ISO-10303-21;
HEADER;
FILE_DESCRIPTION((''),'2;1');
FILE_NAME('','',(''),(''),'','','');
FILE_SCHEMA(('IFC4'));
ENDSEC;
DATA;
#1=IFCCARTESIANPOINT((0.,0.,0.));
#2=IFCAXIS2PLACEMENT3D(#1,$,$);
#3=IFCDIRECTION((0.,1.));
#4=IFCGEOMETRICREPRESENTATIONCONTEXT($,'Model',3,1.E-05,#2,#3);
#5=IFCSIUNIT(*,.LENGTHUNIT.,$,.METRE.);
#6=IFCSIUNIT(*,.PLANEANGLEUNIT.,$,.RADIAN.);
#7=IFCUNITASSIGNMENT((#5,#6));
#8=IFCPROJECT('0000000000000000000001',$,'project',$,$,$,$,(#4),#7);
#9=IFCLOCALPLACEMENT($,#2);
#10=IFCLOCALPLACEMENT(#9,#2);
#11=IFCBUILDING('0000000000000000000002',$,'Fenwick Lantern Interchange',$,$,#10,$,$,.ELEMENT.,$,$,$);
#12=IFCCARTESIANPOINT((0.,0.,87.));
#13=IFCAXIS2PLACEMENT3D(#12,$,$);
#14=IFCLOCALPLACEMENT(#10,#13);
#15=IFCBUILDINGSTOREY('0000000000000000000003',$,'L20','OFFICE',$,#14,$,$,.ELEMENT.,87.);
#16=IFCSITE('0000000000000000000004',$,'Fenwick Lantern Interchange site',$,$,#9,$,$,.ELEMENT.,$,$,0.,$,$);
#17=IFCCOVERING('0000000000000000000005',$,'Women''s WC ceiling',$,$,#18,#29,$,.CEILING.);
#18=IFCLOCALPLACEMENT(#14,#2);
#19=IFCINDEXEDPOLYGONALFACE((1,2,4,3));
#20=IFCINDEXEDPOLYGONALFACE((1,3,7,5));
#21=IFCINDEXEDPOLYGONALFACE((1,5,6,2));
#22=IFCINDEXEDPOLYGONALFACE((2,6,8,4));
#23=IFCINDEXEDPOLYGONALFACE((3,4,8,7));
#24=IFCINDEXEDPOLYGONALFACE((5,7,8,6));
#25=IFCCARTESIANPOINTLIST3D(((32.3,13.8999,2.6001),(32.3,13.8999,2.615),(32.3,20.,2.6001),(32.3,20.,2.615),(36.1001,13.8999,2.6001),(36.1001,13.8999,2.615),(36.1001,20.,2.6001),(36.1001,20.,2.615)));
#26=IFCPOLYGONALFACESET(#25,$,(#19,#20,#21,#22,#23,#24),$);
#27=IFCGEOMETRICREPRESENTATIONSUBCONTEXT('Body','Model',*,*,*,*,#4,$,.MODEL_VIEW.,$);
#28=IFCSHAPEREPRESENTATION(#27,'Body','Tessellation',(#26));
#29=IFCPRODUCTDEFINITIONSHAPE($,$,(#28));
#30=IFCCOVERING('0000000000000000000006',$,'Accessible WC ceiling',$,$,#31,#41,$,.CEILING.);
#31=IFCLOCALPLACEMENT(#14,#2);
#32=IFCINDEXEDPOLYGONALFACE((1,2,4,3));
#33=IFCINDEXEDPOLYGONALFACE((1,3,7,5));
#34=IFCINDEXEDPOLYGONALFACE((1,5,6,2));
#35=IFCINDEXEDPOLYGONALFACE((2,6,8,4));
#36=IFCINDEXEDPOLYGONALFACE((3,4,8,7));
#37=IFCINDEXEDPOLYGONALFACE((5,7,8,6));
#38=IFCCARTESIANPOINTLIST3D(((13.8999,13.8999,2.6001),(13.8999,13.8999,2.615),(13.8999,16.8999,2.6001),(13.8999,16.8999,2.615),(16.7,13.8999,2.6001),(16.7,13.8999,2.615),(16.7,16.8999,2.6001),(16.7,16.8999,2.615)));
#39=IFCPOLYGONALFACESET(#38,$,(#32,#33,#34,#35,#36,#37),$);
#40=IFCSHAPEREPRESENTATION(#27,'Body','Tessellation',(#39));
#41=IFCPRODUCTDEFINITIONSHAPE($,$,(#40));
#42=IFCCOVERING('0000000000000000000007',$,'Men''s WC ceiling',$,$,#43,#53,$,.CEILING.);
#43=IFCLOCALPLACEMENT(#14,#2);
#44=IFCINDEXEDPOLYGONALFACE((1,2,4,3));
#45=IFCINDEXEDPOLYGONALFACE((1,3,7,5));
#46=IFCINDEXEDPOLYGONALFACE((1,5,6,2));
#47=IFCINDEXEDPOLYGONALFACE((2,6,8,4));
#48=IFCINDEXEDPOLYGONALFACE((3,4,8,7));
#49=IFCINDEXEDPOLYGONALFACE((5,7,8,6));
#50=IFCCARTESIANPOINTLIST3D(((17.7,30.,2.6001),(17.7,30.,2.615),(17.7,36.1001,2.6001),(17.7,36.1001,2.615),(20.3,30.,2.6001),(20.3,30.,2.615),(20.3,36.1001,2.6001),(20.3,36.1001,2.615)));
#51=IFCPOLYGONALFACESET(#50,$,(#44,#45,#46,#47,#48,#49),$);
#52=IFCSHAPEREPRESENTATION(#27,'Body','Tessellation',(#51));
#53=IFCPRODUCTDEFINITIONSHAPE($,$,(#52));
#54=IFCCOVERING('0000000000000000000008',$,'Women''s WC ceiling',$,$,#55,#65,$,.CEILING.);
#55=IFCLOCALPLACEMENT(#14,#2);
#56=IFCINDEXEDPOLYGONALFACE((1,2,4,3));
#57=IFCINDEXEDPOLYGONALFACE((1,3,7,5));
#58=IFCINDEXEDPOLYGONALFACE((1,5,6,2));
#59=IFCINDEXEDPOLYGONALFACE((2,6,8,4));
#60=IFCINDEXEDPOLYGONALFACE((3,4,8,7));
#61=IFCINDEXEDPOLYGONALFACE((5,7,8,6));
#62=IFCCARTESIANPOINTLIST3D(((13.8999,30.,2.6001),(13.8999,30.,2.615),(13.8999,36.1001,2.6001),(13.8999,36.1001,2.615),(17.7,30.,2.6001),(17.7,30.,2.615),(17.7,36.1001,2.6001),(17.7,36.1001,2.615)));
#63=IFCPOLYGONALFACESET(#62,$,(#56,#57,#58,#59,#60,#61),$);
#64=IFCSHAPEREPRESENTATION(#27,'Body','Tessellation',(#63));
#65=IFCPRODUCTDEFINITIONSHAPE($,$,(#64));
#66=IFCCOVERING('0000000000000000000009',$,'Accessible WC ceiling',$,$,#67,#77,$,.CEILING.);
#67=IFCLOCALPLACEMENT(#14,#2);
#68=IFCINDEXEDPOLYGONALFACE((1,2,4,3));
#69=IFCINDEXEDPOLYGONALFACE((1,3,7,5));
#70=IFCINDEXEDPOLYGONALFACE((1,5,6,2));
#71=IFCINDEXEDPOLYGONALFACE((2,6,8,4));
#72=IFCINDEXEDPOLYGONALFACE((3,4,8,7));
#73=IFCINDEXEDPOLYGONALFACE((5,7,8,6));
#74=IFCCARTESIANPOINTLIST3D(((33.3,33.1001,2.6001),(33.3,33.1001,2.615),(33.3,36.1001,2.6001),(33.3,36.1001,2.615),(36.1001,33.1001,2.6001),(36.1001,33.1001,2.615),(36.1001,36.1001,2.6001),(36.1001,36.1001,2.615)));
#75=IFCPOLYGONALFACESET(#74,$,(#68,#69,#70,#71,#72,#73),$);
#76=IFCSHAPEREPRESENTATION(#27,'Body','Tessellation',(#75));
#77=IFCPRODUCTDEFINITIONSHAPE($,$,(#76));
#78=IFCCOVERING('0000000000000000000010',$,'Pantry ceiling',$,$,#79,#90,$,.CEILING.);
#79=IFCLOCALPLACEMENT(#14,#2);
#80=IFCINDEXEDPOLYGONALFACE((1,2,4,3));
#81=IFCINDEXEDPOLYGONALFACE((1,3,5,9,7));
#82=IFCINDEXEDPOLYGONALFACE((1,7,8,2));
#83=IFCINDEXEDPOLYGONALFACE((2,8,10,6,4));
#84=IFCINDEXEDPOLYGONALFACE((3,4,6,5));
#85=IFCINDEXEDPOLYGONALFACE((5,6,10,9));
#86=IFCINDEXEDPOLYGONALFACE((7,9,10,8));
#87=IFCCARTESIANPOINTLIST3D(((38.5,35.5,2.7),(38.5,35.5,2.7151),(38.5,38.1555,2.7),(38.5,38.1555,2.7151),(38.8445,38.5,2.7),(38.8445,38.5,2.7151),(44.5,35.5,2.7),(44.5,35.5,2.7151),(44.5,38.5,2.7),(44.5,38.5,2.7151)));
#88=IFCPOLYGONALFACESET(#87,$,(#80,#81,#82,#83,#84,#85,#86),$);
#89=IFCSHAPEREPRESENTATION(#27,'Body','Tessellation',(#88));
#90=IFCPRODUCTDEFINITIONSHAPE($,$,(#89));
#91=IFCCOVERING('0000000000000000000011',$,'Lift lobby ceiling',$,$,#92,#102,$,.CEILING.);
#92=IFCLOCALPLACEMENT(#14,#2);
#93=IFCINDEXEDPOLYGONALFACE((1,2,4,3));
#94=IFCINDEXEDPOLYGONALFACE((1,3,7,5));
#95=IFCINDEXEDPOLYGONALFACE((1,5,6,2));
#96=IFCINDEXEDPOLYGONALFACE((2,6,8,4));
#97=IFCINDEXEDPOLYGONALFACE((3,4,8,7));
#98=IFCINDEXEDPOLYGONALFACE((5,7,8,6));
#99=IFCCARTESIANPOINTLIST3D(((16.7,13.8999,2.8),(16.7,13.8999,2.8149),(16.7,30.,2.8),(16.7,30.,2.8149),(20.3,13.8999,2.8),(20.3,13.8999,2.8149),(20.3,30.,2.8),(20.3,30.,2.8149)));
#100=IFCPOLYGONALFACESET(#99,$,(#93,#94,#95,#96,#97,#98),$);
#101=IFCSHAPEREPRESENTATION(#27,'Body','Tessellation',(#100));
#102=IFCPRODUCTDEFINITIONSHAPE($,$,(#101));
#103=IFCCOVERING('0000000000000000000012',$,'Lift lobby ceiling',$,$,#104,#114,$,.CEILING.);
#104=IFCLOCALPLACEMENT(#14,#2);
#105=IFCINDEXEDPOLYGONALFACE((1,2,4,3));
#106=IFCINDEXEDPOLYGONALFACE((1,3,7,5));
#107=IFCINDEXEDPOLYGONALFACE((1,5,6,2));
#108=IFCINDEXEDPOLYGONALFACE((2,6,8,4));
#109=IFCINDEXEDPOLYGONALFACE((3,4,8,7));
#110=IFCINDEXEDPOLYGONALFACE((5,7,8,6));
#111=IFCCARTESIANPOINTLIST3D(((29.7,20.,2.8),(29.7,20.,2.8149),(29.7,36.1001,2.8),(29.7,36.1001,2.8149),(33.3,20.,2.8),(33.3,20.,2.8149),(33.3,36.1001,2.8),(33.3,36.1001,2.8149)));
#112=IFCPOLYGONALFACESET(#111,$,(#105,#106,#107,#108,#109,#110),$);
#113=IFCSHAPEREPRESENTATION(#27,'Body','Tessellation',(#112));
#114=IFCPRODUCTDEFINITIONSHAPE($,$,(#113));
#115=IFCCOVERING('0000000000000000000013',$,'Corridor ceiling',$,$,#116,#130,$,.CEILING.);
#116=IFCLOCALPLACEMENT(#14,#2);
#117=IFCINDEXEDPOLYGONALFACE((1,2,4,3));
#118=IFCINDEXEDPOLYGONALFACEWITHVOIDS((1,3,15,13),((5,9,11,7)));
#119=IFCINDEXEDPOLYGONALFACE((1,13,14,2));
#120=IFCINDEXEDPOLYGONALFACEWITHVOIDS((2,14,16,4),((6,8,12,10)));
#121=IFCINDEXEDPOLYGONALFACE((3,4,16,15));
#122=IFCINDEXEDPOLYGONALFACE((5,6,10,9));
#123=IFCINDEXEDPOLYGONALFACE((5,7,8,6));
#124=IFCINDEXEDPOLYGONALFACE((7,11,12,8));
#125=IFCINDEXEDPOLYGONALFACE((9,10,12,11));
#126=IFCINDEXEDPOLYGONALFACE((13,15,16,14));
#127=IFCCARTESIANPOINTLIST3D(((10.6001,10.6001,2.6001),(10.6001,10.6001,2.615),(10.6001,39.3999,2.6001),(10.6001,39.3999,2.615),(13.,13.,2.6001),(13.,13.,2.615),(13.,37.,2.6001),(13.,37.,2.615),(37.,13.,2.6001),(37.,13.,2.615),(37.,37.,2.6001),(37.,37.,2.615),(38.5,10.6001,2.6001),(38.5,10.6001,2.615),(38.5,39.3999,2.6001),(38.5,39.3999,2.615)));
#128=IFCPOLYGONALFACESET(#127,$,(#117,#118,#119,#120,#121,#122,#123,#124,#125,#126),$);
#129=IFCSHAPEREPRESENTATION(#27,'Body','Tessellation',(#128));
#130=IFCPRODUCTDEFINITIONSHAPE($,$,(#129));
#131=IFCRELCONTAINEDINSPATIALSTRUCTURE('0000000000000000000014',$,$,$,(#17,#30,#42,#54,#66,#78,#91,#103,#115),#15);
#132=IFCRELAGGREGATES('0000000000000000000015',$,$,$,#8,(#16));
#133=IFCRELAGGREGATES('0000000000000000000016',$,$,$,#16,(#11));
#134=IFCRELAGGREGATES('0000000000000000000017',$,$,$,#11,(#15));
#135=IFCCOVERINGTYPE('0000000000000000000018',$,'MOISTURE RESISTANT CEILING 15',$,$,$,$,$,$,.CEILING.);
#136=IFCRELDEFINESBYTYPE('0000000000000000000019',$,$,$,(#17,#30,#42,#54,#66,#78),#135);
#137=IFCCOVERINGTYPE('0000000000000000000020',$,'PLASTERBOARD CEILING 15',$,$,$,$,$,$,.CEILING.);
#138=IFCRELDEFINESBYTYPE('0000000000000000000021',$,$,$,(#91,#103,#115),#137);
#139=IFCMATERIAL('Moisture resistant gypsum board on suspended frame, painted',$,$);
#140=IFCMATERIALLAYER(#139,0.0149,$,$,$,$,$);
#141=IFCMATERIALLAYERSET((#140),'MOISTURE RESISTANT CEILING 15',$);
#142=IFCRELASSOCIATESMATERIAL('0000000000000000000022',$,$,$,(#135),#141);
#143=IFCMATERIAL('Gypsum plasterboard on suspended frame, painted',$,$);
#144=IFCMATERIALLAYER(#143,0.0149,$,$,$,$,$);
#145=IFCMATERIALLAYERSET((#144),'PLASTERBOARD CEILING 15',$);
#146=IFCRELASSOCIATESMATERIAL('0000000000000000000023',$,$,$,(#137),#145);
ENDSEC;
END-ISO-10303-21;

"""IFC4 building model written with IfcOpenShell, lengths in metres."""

from ifc_helpers import new_model, si_unit, direction, frame, origin, place, context, subcontext, project, spatial, polyline, outline, extrude, material, layer, layer_set, type_object, element, save


model = new_model("IFC4")

# Units and contexts
model_context = context("Model", 3, precision=1e-05, world=origin(), true_north=direction((0.0, 1.0)))
body_context = subcontext(model_context, "Body", "Model", "MODEL_VIEW")
ifc_project = project(units=[si_unit("LENGTHUNIT", "METRE"), si_unit("PLANEANGLEUNIT", "RADIAN")], contexts=[model_context])

# Site, building, storey
site_placement = place(None, origin())
site = spatial("IfcSite", under=ifc_project, at=site_placement, Name="Fenwick Lantern Interchange site", CompositionType="ELEMENT", RefElevation=0.0)
building_placement = place(site_placement, origin())
building = spatial("IfcBuilding", under=site, at=building_placement, Name="Fenwick Lantern Interchange", CompositionType="ELEMENT")
storey_placement = place(building_placement, frame((0.0, 0.0, 87.0)))
storey = spatial("IfcBuildingStorey", under=building, at=storey_placement, Name="L20", Description="OFFICE", CompositionType="ELEMENT", Elevation=87.0)

# Coverings
ifc_material_1 = material(Name="Moisture resistant gypsum board on suspended frame, painted")
ifc_layer_1 = layer(ifc_material_1, 0.0149)
ifc_layer_set_1 = layer_set([ifc_layer_1], Name="MOISTURE RESISTANT CEILING 15")
covering_type_1 = type_object("IfcCoveringType", Name="MOISTURE RESISTANT CEILING 15", PredefinedType="CEILING", material=ifc_layer_set_1)
covering_1_placement = place(storey_placement, frame((0.0, 0.0, 2.6001)))
element("IfcCovering", 1, at=covering_1_placement, inside=storey, type_object=covering_type_1, Name="Women's WC ceiling", PredefinedType="CEILING", context=body_context, shape_type="SweptSolid", body=[
    extrude(outline(polyline([(32.3, 13.8999), (36.1001, 13.8999), (36.1001, 20.0), (32.3, 20.0), (32.3, 13.8999)])), origin(), (0.0, 0.0, 1.0), 0.0149),
])
covering_2_placement = place(storey_placement, frame((0.0, 0.0, 2.6001)))
element("IfcCovering", 2, at=covering_2_placement, inside=storey, type_object=covering_type_1, Name="Accessible WC ceiling", PredefinedType="CEILING", context=body_context, shape_type="SweptSolid", body=[
    extrude(outline(polyline([(13.8999, 13.8999), (16.7, 13.8999), (16.7, 16.8999), (13.8999, 16.8999), (13.8999, 13.8999)])), origin(), (0.0, 0.0, 1.0), 0.0149),
])
covering_3_placement = place(storey_placement, frame((0.0, 0.0, 2.6001)))
element("IfcCovering", 3, at=covering_3_placement, inside=storey, type_object=covering_type_1, Name="Men's WC ceiling", PredefinedType="CEILING", context=body_context, shape_type="SweptSolid", body=[
    extrude(outline(polyline([(20.3, 36.1001), (17.7, 36.1001), (17.7, 30.0), (20.3, 30.0), (20.3, 36.1001)])), origin(), (0.0, 0.0, 1.0), 0.0149),
])
covering_4_placement = place(storey_placement, frame((0.0, 0.0, 2.6001)))
element("IfcCovering", 4, at=covering_4_placement, inside=storey, type_object=covering_type_1, Name="Women's WC ceiling", PredefinedType="CEILING", context=body_context, shape_type="SweptSolid", body=[
    extrude(outline(polyline([(17.7, 36.1001), (13.8999, 36.1001), (13.8999, 30.0), (17.7, 30.0), (17.7, 36.1001)])), origin(), (0.0, 0.0, 1.0), 0.0149),
])
covering_5_placement = place(storey_placement, frame((0.0, 0.0, 2.6001)))
element("IfcCovering", 5, at=covering_5_placement, inside=storey, type_object=covering_type_1, Name="Accessible WC ceiling", PredefinedType="CEILING", context=body_context, shape_type="SweptSolid", body=[
    extrude(outline(polyline([(36.1001, 36.1001), (33.3, 36.1001), (33.3, 33.1001), (36.1001, 33.1001), (36.1001, 36.1001)])), origin(), (0.0, 0.0, 1.0), 0.0149),
])
covering_6_placement = place(storey_placement, frame((0.0, 0.0, 2.7)))
element("IfcCovering", 6, at=covering_6_placement, inside=storey, type_object=covering_type_1, Name="Pantry ceiling", PredefinedType="CEILING", context=body_context, shape_type="SweptSolid", body=[
    extrude(outline(polyline([(44.5, 38.5), (38.8445, 38.5), (38.5, 38.1555), (38.5, 35.5), (44.5, 35.5), (44.5, 38.5)])), origin(), (0.0, 0.0, 1.0), 0.0151),
])
ifc_material_2 = material(Name="Gypsum plasterboard on suspended frame, painted")
ifc_layer_2 = layer(ifc_material_2, 0.0149)
ifc_layer_set_2 = layer_set([ifc_layer_2], Name="PLASTERBOARD CEILING 15")
covering_type_2 = type_object("IfcCoveringType", Name="PLASTERBOARD CEILING 15", PredefinedType="CEILING", material=ifc_layer_set_2)
covering_7_placement = place(storey_placement, frame((0.0, 0.0, 2.8)))
element("IfcCovering", 7, at=covering_7_placement, inside=storey, type_object=covering_type_2, Name="Lift lobby ceiling", PredefinedType="CEILING", context=body_context, shape_type="SweptSolid", body=[
    extrude(outline(polyline([(16.7, 13.8999), (20.3, 13.8999), (20.3, 30.0), (16.7, 30.0), (16.7, 13.8999)])), origin(), (0.0, 0.0, 1.0), 0.0149),
])
covering_8_placement = place(storey_placement, frame((0.0, 0.0, 2.8)))
element("IfcCovering", 8, at=covering_8_placement, inside=storey, type_object=covering_type_2, Name="Lift lobby ceiling", PredefinedType="CEILING", context=body_context, shape_type="SweptSolid", body=[
    extrude(outline(polyline([(33.3, 36.1001), (29.7, 36.1001), (29.7, 20.0), (33.3, 20.0), (33.3, 36.1001)])), origin(), (0.0, 0.0, 1.0), 0.0149),
])
covering_9_placement = place(storey_placement, frame((0.0, 0.0, 2.6001)))
element("IfcCovering", 9, at=covering_9_placement, inside=storey, type_object=covering_type_2, Name="Corridor ceiling", PredefinedType="CEILING", context=body_context, shape_type="SweptSolid", body=[
    extrude(outline(polyline([(10.6001, 10.6001), (38.5, 10.6001), (38.5, 39.3999), (10.6001, 39.3999), (10.6001, 10.6001)]), holes=[polyline([(13.0, 37.0), (37.0, 37.0), (37.0, 13.0), (13.0, 13.0), (13.0, 37.0)])]), origin(), (0.0, 0.0, 1.0), 0.0149),
])

save(model, "model.ifc")
